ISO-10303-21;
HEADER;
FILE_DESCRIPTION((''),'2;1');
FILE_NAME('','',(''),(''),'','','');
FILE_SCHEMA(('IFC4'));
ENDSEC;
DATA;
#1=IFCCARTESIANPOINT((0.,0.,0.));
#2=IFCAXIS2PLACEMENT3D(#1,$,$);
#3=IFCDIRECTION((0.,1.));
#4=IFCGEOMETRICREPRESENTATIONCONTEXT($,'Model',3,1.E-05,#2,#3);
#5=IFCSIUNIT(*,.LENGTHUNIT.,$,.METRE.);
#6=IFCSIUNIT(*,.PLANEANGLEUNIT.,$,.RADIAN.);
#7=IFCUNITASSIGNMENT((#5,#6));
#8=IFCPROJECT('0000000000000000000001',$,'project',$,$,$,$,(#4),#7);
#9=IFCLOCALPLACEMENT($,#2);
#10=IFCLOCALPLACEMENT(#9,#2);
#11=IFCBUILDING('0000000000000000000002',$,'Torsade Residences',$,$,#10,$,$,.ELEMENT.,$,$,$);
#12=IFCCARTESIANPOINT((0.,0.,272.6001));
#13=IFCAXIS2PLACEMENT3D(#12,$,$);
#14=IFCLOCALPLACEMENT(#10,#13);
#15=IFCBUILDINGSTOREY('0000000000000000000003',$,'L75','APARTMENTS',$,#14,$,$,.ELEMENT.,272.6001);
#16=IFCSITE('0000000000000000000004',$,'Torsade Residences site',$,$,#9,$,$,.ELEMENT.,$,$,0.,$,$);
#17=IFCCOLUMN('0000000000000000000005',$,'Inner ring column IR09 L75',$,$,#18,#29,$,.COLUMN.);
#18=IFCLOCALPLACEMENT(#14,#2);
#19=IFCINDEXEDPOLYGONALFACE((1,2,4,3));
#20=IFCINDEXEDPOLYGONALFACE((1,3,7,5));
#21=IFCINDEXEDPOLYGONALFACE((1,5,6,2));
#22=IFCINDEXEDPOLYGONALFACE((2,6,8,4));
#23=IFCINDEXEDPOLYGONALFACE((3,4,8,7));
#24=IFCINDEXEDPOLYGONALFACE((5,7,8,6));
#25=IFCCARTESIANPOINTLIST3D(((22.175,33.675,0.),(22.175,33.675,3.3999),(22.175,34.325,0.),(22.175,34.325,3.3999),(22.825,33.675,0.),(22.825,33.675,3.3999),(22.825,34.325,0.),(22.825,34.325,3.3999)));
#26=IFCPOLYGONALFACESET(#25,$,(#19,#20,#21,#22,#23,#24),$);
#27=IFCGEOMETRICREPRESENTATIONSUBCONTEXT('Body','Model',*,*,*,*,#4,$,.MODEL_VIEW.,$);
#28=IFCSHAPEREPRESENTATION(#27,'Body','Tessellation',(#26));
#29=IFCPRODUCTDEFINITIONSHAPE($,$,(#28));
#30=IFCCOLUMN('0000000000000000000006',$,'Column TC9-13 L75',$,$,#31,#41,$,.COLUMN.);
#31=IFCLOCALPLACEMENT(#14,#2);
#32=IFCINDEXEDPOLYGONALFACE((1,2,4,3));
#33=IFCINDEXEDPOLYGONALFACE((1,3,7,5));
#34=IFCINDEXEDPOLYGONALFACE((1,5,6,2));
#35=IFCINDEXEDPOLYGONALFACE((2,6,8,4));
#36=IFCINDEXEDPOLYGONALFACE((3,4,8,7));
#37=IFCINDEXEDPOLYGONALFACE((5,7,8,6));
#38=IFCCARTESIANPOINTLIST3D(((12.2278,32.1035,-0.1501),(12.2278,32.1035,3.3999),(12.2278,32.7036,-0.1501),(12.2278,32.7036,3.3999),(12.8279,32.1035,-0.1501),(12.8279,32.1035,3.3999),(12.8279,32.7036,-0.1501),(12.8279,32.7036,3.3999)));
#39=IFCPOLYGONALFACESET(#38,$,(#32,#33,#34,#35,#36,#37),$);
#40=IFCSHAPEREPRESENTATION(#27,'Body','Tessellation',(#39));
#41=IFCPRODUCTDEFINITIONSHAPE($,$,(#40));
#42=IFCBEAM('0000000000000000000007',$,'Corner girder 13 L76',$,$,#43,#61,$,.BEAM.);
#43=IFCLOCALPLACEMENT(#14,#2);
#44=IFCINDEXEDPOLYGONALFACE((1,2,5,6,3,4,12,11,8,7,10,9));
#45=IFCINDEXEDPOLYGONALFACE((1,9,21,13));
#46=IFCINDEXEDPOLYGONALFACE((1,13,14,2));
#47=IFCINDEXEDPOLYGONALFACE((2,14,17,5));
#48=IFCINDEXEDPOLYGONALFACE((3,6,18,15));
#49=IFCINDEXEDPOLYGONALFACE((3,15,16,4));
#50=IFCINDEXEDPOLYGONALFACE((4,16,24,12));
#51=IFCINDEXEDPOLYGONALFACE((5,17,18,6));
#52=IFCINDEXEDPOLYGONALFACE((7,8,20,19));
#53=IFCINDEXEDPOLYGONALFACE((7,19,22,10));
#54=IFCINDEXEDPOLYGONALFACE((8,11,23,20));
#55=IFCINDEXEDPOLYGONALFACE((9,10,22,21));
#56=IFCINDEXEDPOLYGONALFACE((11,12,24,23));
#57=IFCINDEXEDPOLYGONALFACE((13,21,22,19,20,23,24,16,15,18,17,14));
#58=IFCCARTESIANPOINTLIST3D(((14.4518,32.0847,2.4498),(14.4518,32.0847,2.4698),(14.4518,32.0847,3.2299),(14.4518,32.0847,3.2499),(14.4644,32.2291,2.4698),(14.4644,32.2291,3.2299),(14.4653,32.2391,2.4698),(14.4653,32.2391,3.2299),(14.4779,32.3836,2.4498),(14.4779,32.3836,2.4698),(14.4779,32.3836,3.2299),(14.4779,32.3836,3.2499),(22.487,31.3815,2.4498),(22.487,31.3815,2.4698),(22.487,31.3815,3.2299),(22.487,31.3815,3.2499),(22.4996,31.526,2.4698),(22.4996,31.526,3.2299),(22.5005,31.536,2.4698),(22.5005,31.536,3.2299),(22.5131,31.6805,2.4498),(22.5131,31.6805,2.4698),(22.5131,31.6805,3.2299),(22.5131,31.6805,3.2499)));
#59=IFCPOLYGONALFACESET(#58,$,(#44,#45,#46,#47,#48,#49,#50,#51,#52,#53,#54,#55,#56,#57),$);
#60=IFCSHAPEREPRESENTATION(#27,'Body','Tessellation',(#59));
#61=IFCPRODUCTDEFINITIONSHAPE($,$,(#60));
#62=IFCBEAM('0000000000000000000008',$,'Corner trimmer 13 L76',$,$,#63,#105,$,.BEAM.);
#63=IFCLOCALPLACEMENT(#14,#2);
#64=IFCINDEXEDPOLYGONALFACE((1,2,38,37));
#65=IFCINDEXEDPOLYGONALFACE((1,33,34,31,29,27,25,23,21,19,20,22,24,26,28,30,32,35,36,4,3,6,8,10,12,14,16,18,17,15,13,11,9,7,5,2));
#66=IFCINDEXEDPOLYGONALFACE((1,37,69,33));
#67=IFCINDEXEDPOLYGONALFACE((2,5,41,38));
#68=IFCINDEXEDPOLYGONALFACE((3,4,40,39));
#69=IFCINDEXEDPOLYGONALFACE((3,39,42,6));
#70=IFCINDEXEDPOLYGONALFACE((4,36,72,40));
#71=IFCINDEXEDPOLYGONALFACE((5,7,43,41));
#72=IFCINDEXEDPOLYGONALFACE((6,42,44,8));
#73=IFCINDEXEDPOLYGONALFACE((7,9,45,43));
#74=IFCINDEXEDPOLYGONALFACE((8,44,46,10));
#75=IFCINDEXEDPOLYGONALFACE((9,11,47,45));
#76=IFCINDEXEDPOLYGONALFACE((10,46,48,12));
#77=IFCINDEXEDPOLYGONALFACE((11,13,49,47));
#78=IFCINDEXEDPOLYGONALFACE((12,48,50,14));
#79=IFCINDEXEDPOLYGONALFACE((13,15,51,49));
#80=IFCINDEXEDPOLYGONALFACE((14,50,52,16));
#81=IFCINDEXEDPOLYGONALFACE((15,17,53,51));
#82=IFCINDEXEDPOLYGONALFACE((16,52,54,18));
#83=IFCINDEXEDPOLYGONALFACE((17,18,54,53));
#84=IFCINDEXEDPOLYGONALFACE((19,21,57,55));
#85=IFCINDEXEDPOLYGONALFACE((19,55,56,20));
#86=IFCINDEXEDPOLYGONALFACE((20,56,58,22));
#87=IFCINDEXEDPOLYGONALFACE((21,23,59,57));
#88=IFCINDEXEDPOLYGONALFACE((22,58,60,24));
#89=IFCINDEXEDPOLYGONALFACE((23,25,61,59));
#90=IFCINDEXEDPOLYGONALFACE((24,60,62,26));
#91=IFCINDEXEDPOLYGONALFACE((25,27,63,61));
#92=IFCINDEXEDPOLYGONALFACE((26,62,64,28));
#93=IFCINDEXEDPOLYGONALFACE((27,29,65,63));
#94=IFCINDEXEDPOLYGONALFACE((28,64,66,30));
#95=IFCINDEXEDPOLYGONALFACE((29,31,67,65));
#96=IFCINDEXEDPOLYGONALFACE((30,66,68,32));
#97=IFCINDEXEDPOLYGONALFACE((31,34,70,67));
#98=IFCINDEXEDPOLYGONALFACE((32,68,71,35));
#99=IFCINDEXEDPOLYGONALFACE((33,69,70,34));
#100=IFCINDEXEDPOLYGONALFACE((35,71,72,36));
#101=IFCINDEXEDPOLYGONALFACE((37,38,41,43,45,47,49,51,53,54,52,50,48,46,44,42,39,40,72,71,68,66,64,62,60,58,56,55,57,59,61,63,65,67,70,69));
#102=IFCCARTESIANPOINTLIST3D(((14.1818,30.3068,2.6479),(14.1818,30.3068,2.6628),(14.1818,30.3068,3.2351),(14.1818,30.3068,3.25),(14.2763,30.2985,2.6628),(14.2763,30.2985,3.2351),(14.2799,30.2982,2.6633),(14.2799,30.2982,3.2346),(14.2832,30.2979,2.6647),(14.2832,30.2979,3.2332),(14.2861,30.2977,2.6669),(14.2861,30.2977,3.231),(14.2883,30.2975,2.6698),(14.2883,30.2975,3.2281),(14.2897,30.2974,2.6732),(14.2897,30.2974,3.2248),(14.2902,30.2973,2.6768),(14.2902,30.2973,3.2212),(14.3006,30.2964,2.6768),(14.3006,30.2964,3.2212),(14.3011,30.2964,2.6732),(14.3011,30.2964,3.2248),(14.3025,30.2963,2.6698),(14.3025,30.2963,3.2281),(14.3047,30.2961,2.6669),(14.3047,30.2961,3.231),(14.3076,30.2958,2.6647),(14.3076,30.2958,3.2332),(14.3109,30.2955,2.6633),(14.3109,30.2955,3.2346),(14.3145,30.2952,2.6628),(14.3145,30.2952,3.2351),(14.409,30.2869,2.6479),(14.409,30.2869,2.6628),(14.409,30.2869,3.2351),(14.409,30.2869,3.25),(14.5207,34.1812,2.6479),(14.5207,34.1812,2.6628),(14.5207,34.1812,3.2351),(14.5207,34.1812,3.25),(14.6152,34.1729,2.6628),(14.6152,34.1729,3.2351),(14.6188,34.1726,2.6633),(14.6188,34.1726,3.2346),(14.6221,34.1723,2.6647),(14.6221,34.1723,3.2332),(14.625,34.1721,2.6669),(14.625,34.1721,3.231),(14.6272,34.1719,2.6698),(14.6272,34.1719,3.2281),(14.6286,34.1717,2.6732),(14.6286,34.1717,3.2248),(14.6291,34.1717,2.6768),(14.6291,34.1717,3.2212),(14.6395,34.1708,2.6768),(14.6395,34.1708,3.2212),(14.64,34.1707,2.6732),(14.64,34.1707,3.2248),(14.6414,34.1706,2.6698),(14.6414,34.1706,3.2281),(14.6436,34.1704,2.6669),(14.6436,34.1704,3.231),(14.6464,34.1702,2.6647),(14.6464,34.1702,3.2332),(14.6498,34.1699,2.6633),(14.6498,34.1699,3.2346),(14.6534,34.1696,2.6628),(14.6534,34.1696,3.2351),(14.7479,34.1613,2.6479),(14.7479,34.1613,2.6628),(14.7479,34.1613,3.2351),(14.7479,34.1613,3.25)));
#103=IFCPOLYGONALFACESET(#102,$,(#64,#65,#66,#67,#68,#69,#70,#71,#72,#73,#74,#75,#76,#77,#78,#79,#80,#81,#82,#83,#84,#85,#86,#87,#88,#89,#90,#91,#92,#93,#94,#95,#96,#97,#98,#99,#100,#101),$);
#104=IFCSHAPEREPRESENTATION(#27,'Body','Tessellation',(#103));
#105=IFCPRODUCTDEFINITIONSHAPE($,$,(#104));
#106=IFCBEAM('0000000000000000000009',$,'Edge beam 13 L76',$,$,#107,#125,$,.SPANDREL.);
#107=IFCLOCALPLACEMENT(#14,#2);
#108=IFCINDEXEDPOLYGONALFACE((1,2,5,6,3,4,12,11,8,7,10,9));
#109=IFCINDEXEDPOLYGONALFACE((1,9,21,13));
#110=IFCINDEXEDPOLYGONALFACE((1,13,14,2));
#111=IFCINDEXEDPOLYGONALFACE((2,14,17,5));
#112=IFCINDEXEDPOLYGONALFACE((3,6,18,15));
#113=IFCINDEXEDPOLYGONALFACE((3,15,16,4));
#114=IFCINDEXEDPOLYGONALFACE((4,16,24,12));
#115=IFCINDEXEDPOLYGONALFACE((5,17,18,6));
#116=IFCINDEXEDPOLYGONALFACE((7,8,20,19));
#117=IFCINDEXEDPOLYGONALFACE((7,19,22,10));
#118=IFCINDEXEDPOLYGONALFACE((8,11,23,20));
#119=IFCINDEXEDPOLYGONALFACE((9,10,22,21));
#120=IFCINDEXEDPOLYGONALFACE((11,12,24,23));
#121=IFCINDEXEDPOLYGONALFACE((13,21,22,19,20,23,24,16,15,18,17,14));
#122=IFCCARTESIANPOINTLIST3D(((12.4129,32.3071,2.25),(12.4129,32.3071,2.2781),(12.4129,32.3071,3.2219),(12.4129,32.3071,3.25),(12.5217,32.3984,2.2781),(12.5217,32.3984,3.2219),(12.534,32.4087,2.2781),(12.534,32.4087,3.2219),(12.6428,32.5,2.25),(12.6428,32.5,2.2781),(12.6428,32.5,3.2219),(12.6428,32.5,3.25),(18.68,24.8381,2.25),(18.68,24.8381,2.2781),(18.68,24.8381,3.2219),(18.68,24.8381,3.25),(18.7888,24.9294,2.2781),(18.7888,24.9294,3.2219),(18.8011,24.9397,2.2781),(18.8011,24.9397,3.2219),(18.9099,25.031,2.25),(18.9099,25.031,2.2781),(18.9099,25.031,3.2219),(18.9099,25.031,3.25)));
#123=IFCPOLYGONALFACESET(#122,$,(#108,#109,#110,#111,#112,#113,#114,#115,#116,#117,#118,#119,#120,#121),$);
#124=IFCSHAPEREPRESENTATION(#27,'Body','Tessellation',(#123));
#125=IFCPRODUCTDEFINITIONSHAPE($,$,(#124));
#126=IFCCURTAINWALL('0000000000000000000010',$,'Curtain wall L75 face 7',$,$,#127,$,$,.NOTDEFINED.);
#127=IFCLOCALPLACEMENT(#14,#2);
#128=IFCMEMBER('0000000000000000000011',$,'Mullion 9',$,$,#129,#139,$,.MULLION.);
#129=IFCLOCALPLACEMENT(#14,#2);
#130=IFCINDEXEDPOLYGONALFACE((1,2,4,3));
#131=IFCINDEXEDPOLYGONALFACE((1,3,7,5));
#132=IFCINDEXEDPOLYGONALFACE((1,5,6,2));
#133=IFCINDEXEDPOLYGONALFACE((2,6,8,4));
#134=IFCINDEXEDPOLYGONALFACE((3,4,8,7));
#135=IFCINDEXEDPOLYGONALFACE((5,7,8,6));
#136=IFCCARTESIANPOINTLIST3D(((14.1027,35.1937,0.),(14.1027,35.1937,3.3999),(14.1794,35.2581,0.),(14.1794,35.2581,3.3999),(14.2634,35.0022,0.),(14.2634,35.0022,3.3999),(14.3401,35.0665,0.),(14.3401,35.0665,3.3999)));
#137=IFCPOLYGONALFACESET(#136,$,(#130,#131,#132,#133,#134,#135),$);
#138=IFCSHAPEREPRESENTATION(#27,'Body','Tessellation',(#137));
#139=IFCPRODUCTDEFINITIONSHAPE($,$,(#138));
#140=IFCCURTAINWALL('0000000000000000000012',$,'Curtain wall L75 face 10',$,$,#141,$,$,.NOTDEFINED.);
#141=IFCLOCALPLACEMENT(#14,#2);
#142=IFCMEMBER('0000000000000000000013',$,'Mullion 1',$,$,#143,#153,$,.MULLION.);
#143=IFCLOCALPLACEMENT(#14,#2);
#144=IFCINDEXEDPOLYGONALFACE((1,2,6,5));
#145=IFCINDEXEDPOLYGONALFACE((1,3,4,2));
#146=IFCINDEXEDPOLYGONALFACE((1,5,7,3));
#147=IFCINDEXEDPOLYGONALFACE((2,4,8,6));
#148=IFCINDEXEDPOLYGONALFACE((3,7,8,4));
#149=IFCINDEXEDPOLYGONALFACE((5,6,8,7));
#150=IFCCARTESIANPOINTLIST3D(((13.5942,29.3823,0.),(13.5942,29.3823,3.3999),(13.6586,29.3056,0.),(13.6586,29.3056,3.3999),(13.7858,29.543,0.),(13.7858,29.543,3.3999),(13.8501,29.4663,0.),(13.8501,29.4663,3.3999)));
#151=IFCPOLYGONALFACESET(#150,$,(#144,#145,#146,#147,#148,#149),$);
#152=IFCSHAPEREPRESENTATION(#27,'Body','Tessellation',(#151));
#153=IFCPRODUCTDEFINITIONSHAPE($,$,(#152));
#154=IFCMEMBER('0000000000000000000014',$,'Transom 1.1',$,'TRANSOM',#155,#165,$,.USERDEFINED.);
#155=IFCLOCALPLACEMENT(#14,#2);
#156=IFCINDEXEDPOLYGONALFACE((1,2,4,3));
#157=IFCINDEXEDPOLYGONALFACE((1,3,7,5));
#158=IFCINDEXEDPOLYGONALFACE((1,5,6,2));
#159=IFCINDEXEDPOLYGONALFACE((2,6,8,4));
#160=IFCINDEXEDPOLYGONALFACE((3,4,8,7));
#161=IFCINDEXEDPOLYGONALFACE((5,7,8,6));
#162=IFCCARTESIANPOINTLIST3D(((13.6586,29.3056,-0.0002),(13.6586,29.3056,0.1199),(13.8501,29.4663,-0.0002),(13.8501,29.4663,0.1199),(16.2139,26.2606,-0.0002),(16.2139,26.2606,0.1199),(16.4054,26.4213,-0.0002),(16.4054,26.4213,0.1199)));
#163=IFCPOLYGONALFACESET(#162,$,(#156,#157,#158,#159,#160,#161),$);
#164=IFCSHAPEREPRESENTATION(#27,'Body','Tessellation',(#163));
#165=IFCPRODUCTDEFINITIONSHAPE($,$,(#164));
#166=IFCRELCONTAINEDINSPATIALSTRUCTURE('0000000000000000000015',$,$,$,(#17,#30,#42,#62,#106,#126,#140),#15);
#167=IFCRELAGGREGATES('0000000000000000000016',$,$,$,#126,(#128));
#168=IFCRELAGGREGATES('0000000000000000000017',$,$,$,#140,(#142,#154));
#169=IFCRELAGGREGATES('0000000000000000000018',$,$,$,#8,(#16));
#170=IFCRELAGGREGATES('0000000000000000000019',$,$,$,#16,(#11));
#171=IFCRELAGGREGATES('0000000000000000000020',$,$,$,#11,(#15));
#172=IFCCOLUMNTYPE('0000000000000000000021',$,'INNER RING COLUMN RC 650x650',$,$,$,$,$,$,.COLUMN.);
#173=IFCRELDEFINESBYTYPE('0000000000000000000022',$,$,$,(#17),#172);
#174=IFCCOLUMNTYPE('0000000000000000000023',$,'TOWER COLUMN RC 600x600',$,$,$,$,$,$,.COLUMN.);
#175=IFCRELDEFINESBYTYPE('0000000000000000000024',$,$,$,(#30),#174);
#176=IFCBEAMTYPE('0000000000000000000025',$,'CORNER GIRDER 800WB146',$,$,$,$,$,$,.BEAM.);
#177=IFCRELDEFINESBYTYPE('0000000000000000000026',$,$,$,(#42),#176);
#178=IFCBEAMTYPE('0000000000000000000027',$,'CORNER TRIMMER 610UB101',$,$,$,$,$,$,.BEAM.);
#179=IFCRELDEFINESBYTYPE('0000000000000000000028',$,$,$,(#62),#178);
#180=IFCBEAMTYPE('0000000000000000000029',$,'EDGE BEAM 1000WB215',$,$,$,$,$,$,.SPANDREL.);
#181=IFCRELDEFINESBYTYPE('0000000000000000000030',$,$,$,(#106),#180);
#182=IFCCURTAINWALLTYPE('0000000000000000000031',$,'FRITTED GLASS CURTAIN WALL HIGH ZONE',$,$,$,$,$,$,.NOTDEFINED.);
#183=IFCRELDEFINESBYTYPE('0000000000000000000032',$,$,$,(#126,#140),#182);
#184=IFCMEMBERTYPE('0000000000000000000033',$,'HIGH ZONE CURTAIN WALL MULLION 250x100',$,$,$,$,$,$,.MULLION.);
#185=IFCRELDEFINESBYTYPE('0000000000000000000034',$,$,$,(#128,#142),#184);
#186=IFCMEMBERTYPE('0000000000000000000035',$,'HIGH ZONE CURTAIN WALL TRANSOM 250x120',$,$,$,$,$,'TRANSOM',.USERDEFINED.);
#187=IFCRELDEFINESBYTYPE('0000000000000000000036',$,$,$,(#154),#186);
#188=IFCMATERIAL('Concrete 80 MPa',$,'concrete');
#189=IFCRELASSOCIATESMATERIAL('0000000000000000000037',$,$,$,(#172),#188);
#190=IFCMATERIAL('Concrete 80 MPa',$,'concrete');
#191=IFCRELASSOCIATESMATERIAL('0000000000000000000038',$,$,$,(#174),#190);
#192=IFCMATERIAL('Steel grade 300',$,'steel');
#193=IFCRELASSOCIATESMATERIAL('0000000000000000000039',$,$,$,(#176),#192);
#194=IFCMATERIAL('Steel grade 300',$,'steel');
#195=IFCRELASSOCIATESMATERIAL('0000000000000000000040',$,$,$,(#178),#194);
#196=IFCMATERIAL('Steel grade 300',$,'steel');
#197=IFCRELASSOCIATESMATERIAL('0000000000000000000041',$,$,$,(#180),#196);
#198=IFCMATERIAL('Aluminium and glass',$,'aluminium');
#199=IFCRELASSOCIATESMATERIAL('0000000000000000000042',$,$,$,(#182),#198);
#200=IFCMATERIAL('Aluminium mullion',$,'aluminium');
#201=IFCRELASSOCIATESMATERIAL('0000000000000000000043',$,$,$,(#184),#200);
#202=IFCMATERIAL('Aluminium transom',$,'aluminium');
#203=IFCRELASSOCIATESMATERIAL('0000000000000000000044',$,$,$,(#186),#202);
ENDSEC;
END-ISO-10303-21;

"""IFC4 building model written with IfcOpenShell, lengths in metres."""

from ifc_helpers import new_model, si_unit, direction, frame, origin, origin_2d, place, context, subcontext, project, spatial, rectangle, i_section, extrude, material, material_profile, profile_set, type_object, element, aggregate, save


model = new_model("IFC4")

# Units and contexts
model_context = context("Model", 3, precision=1e-05, world=origin(), true_north=direction((0.0, 1.0)))
body_context = subcontext(model_context, "Body", "Model", "MODEL_VIEW")
ifc_project = project(units=[si_unit("LENGTHUNIT", "METRE"), si_unit("PLANEANGLEUNIT", "RADIAN")], contexts=[model_context])

# Site, building, storey
site_placement = place(None, origin())
site = spatial("IfcSite", under=ifc_project, at=site_placement, Name="Torsade Residences site", CompositionType="ELEMENT", RefElevation=0.0)
building_placement = place(site_placement, origin())
building = spatial("IfcBuilding", under=site, at=building_placement, Name="Torsade Residences", CompositionType="ELEMENT")
storey_placement = place(building_placement, frame((0.0, 0.0, 272.6001)))
storey = spatial("IfcBuildingStorey", under=building, at=storey_placement, Name="L75", Description="APARTMENTS", CompositionType="ELEMENT", Elevation=272.6001)

# Columns
ifc_material_1 = material(Name="Concrete 80 MPa", Category="concrete")
ifc_material_profile_1 = material_profile(ifc_material_1, rectangle(XDim=0.6499, YDim=0.6499, at=origin_2d()), Name="RC 650x650")
ifc_profile_set_1 = profile_set([ifc_material_profile_1], Name="Concrete 80 MPa")
column_type_1 = type_object("IfcColumnType", Name="INNER RING COLUMN RC 650x650", PredefinedType="COLUMN", material=ifc_profile_set_1)
column_1_placement = place(storey_placement, frame((22.5, 34.0, 0.0), z_axis=(0.0, 0.0, 1.0), x_axis=(1.0, 0.0, 0.0)))
element("IfcColumn", 1, at=column_1_placement, inside=storey, type_object=column_type_1, Name="Inner ring column IR09 L75", PredefinedType="COLUMN", context=body_context, shape_type="SweptSolid", body=[
    extrude(rectangle(XDim=0.6499, YDim=0.6499, at=origin_2d()), origin(), (0.0, 0.0, 1.0), 3.3999),
])
ifc_material_2 = material(Name="Concrete 80 MPa", Category="concrete")
ifc_material_profile_2 = material_profile(ifc_material_2, rectangle(XDim=0.6001, YDim=0.6001, at=origin_2d()), Name="RC 600x600")
ifc_profile_set_2 = profile_set([ifc_material_profile_2], Name="Concrete 80 MPa")
column_type_2 = type_object("IfcColumnType", Name="TOWER COLUMN RC 600x600", PredefinedType="COLUMN", material=ifc_profile_set_2)
column_2_placement = place(storey_placement, frame((12.5278, 32.4036, -0.1501), z_axis=(0.0, 0.0, 1.0), x_axis=(1.0, 0.0, 0.0)))
element("IfcColumn", 2, at=column_2_placement, inside=storey, type_object=column_type_2, Name="Column TC9-13 L75", PredefinedType="COLUMN", context=body_context, shape_type="SweptSolid", body=[
    extrude(rectangle(XDim=0.6001, YDim=0.6001, at=origin_2d()), origin(), (0.0, 0.0, 1.0), 3.55),
])

# Beams
ifc_material_3 = material(Name="Steel grade 300", Category="steel")
ifc_material_profile_3 = material_profile(ifc_material_3, i_section(OverallWidth=0.3, OverallDepth=0.8, WebThickness=0.01, FlangeThickness=0.02, at=origin_2d()), Name="800WB146")
ifc_profile_set_3 = profile_set([ifc_material_profile_3], Name="Steel grade 300")
beam_type_1 = type_object("IfcBeamType", Name="CORNER GIRDER 800WB146", PredefinedType="BEAM", material=ifc_profile_set_3)
beam_1_placement = place(storey_placement, frame((14.4648, 32.2341, 2.8499), z_axis=(0.996193, -0.087173, 0.0), x_axis=(0.087173, 0.996193, 0.0)))
element("IfcBeam", 3, at=beam_1_placement, inside=storey, type_object=beam_type_1, Name="Corner girder 13 L76", PredefinedType="BEAM", context=body_context, shape_type="SweptSolid", body=[
    extrude(i_section(OverallWidth=0.3, OverallDepth=0.8, WebThickness=0.01, FlangeThickness=0.02, at=origin_2d()), origin(), (0.0, 0.0, 1.0), 8.0659),
])
ifc_material_4 = material(Name="Steel grade 300", Category="steel")
ifc_material_profile_4 = material_profile(ifc_material_4, i_section(OverallWidth=0.228, OverallDepth=0.6021, WebThickness=0.0105, FlangeThickness=0.0149, FilletRadius=0.0139, at=origin_2d()), Name="610UB101")
ifc_profile_set_4 = profile_set([ifc_material_profile_4], Name="Steel grade 300")
beam_type_2 = type_object("IfcBeamType", Name="CORNER TRIMMER 610UB101", PredefinedType="BEAM", material=ifc_profile_set_4)
beam_2_placement = place(storey_placement, frame((14.2954, 30.2969, 2.949), z_axis=(0.087133, 0.996197, 0.0), x_axis=(-0.996197, 0.087133, 0.0)))
element("IfcBeam", 4, at=beam_2_placement, inside=storey, type_object=beam_type_2, Name="Corner trimmer 13 L76", PredefinedType="BEAM", context=body_context, shape_type="SweptSolid", body=[
    extrude(i_section(OverallWidth=0.228, OverallDepth=0.6021, WebThickness=0.0105, FlangeThickness=0.0149, FilletRadius=0.0139, at=origin_2d()), origin(), (0.0, 0.0, 1.0), 3.8892),
])
ifc_material_5 = material(Name="Steel grade 300", Category="steel")
ifc_material_profile_5 = material_profile(ifc_material_5, i_section(OverallWidth=0.3, OverallDepth=1.0, WebThickness=0.0161, FlangeThickness=0.0281, at=origin_2d()), Name="1000WB215")
ifc_profile_set_5 = profile_set([ifc_material_profile_5], Name="Steel grade 300")
beam_type_3 = type_object("IfcBeamType", Name="EDGE BEAM 1000WB215", PredefinedType="SPANDREL", material=ifc_profile_set_5)
beam_3_placement = place(storey_placement, frame((12.5278, 32.4036, 2.75), z_axis=(0.642779, -0.766052, 0.0), x_axis=(0.766052, 0.642779, 0.0)))
element("IfcBeam", 5, at=beam_3_placement, inside=storey, type_object=beam_type_3, Name="Edge beam 13 L76", PredefinedType="SPANDREL", context=body_context, shape_type="SweptSolid", body=[
    extrude(i_section(OverallWidth=0.3, OverallDepth=1.0, WebThickness=0.0161, FlangeThickness=0.0281, at=origin_2d()), origin(), (0.0, 0.0, 1.0), 9.75),
])

# Curtain wall, member
ifc_material_6 = material(Name="Aluminium and glass", Category="aluminium")
curtain_wall_type = type_object("IfcCurtainWallType", Name="FRITTED GLASS CURTAIN WALL HIGH ZONE", PredefinedType="NOTDEFINED", material=ifc_material_6)
curtain_wall_1_placement = place(storey_placement, origin())
curtain_wall_1 = element("IfcCurtainWall", 6, at=curtain_wall_1_placement, inside=storey, type_object=curtain_wall_type, Name="Curtain wall L75 face 7", PredefinedType="NOTDEFINED")
ifc_material_7 = material(Name="Aluminium mullion", Category="aluminium")
ifc_material_profile_6 = material_profile(ifc_material_7, rectangle(XDim=0.25, YDim=0.1001, at=origin_2d()), Name="HIGH ZONE CURTAIN WALL MULLION 250x100")
ifc_profile_set_6 = profile_set([ifc_material_profile_6], Name="Aluminium mullion")
member_type_1 = type_object("IfcMemberType", Name="HIGH ZONE CURTAIN WALL MULLION 250x100", PredefinedType="MULLION", material=ifc_profile_set_6)
member_1_placement = place(storey_placement, frame((14.2214, 35.1301, 0.0), z_axis=(0.0, 0.0, 1.0), x_axis=(0.642788, -0.766044, 0.0)))
member_1 = element("IfcMember", 7, at=member_1_placement, type_object=member_type_1, Name="Mullion 9", PredefinedType="MULLION", context=body_context, shape_type="SweptSolid", body=[
    extrude(rectangle(XDim=0.25, YDim=0.1001, at=origin_2d()), origin(), (0.0, 0.0, 1.0), 3.3999),
])
aggregate(curtain_wall_1, [member_1])

# Curtain wall, members
curtain_wall_2_placement = place(storey_placement, origin())
curtain_wall_2 = element("IfcCurtainWall", 8, at=curtain_wall_2_placement, inside=storey, type_object=curtain_wall_type, Name="Curtain wall L75 face 10", PredefinedType="NOTDEFINED")
member_2_placement = place(storey_placement, frame((13.7222, 29.4243, 0.0), z_axis=(0.0, 0.0, 1.0), x_axis=(0.766044, 0.642788, 0.0)))
member_2 = element("IfcMember", 9, at=member_2_placement, type_object=member_type_1, Name="Mullion 1", PredefinedType="MULLION", context=body_context, shape_type="SweptSolid", body=[
    extrude(rectangle(XDim=0.25, YDim=0.1001, at=origin_2d()), origin(), (0.0, 0.0, 1.0), 3.3999),
])
ifc_material_8 = material(Name="Aluminium transom", Category="aluminium")
ifc_material_profile_7 = material_profile(ifc_material_8, rectangle(XDim=0.25, YDim=0.1201, at=origin_2d()), Name="HIGH ZONE CURTAIN WALL TRANSOM 250x120")
ifc_profile_set_7 = profile_set([ifc_material_profile_7], Name="Aluminium transom")
member_type_2 = type_object("IfcMemberType", Name="HIGH ZONE CURTAIN WALL TRANSOM 250x120", ElementType="TRANSOM", PredefinedType="USERDEFINED", material=ifc_profile_set_7)
member_3_placement = place(storey_placement, frame((13.7544, 29.386, 0.0598), z_axis=(0.642815, -0.766022, 0.0), x_axis=(0.766022, 0.642815, 0.0)))
member_3 = element("IfcMember", 10, at=member_3_placement, type_object=member_type_2, Name="Transom 1.1", ObjectType="TRANSOM", PredefinedType="USERDEFINED", context=body_context, shape_type="SweptSolid", body=[
    extrude(rectangle(XDim=0.25, YDim=0.1201, at=origin_2d()), origin(), (0.0, 0.0, 1.0), 3.9751),
])
aggregate(curtain_wall_2, [member_2, member_3])

save(model, "model.ifc")
